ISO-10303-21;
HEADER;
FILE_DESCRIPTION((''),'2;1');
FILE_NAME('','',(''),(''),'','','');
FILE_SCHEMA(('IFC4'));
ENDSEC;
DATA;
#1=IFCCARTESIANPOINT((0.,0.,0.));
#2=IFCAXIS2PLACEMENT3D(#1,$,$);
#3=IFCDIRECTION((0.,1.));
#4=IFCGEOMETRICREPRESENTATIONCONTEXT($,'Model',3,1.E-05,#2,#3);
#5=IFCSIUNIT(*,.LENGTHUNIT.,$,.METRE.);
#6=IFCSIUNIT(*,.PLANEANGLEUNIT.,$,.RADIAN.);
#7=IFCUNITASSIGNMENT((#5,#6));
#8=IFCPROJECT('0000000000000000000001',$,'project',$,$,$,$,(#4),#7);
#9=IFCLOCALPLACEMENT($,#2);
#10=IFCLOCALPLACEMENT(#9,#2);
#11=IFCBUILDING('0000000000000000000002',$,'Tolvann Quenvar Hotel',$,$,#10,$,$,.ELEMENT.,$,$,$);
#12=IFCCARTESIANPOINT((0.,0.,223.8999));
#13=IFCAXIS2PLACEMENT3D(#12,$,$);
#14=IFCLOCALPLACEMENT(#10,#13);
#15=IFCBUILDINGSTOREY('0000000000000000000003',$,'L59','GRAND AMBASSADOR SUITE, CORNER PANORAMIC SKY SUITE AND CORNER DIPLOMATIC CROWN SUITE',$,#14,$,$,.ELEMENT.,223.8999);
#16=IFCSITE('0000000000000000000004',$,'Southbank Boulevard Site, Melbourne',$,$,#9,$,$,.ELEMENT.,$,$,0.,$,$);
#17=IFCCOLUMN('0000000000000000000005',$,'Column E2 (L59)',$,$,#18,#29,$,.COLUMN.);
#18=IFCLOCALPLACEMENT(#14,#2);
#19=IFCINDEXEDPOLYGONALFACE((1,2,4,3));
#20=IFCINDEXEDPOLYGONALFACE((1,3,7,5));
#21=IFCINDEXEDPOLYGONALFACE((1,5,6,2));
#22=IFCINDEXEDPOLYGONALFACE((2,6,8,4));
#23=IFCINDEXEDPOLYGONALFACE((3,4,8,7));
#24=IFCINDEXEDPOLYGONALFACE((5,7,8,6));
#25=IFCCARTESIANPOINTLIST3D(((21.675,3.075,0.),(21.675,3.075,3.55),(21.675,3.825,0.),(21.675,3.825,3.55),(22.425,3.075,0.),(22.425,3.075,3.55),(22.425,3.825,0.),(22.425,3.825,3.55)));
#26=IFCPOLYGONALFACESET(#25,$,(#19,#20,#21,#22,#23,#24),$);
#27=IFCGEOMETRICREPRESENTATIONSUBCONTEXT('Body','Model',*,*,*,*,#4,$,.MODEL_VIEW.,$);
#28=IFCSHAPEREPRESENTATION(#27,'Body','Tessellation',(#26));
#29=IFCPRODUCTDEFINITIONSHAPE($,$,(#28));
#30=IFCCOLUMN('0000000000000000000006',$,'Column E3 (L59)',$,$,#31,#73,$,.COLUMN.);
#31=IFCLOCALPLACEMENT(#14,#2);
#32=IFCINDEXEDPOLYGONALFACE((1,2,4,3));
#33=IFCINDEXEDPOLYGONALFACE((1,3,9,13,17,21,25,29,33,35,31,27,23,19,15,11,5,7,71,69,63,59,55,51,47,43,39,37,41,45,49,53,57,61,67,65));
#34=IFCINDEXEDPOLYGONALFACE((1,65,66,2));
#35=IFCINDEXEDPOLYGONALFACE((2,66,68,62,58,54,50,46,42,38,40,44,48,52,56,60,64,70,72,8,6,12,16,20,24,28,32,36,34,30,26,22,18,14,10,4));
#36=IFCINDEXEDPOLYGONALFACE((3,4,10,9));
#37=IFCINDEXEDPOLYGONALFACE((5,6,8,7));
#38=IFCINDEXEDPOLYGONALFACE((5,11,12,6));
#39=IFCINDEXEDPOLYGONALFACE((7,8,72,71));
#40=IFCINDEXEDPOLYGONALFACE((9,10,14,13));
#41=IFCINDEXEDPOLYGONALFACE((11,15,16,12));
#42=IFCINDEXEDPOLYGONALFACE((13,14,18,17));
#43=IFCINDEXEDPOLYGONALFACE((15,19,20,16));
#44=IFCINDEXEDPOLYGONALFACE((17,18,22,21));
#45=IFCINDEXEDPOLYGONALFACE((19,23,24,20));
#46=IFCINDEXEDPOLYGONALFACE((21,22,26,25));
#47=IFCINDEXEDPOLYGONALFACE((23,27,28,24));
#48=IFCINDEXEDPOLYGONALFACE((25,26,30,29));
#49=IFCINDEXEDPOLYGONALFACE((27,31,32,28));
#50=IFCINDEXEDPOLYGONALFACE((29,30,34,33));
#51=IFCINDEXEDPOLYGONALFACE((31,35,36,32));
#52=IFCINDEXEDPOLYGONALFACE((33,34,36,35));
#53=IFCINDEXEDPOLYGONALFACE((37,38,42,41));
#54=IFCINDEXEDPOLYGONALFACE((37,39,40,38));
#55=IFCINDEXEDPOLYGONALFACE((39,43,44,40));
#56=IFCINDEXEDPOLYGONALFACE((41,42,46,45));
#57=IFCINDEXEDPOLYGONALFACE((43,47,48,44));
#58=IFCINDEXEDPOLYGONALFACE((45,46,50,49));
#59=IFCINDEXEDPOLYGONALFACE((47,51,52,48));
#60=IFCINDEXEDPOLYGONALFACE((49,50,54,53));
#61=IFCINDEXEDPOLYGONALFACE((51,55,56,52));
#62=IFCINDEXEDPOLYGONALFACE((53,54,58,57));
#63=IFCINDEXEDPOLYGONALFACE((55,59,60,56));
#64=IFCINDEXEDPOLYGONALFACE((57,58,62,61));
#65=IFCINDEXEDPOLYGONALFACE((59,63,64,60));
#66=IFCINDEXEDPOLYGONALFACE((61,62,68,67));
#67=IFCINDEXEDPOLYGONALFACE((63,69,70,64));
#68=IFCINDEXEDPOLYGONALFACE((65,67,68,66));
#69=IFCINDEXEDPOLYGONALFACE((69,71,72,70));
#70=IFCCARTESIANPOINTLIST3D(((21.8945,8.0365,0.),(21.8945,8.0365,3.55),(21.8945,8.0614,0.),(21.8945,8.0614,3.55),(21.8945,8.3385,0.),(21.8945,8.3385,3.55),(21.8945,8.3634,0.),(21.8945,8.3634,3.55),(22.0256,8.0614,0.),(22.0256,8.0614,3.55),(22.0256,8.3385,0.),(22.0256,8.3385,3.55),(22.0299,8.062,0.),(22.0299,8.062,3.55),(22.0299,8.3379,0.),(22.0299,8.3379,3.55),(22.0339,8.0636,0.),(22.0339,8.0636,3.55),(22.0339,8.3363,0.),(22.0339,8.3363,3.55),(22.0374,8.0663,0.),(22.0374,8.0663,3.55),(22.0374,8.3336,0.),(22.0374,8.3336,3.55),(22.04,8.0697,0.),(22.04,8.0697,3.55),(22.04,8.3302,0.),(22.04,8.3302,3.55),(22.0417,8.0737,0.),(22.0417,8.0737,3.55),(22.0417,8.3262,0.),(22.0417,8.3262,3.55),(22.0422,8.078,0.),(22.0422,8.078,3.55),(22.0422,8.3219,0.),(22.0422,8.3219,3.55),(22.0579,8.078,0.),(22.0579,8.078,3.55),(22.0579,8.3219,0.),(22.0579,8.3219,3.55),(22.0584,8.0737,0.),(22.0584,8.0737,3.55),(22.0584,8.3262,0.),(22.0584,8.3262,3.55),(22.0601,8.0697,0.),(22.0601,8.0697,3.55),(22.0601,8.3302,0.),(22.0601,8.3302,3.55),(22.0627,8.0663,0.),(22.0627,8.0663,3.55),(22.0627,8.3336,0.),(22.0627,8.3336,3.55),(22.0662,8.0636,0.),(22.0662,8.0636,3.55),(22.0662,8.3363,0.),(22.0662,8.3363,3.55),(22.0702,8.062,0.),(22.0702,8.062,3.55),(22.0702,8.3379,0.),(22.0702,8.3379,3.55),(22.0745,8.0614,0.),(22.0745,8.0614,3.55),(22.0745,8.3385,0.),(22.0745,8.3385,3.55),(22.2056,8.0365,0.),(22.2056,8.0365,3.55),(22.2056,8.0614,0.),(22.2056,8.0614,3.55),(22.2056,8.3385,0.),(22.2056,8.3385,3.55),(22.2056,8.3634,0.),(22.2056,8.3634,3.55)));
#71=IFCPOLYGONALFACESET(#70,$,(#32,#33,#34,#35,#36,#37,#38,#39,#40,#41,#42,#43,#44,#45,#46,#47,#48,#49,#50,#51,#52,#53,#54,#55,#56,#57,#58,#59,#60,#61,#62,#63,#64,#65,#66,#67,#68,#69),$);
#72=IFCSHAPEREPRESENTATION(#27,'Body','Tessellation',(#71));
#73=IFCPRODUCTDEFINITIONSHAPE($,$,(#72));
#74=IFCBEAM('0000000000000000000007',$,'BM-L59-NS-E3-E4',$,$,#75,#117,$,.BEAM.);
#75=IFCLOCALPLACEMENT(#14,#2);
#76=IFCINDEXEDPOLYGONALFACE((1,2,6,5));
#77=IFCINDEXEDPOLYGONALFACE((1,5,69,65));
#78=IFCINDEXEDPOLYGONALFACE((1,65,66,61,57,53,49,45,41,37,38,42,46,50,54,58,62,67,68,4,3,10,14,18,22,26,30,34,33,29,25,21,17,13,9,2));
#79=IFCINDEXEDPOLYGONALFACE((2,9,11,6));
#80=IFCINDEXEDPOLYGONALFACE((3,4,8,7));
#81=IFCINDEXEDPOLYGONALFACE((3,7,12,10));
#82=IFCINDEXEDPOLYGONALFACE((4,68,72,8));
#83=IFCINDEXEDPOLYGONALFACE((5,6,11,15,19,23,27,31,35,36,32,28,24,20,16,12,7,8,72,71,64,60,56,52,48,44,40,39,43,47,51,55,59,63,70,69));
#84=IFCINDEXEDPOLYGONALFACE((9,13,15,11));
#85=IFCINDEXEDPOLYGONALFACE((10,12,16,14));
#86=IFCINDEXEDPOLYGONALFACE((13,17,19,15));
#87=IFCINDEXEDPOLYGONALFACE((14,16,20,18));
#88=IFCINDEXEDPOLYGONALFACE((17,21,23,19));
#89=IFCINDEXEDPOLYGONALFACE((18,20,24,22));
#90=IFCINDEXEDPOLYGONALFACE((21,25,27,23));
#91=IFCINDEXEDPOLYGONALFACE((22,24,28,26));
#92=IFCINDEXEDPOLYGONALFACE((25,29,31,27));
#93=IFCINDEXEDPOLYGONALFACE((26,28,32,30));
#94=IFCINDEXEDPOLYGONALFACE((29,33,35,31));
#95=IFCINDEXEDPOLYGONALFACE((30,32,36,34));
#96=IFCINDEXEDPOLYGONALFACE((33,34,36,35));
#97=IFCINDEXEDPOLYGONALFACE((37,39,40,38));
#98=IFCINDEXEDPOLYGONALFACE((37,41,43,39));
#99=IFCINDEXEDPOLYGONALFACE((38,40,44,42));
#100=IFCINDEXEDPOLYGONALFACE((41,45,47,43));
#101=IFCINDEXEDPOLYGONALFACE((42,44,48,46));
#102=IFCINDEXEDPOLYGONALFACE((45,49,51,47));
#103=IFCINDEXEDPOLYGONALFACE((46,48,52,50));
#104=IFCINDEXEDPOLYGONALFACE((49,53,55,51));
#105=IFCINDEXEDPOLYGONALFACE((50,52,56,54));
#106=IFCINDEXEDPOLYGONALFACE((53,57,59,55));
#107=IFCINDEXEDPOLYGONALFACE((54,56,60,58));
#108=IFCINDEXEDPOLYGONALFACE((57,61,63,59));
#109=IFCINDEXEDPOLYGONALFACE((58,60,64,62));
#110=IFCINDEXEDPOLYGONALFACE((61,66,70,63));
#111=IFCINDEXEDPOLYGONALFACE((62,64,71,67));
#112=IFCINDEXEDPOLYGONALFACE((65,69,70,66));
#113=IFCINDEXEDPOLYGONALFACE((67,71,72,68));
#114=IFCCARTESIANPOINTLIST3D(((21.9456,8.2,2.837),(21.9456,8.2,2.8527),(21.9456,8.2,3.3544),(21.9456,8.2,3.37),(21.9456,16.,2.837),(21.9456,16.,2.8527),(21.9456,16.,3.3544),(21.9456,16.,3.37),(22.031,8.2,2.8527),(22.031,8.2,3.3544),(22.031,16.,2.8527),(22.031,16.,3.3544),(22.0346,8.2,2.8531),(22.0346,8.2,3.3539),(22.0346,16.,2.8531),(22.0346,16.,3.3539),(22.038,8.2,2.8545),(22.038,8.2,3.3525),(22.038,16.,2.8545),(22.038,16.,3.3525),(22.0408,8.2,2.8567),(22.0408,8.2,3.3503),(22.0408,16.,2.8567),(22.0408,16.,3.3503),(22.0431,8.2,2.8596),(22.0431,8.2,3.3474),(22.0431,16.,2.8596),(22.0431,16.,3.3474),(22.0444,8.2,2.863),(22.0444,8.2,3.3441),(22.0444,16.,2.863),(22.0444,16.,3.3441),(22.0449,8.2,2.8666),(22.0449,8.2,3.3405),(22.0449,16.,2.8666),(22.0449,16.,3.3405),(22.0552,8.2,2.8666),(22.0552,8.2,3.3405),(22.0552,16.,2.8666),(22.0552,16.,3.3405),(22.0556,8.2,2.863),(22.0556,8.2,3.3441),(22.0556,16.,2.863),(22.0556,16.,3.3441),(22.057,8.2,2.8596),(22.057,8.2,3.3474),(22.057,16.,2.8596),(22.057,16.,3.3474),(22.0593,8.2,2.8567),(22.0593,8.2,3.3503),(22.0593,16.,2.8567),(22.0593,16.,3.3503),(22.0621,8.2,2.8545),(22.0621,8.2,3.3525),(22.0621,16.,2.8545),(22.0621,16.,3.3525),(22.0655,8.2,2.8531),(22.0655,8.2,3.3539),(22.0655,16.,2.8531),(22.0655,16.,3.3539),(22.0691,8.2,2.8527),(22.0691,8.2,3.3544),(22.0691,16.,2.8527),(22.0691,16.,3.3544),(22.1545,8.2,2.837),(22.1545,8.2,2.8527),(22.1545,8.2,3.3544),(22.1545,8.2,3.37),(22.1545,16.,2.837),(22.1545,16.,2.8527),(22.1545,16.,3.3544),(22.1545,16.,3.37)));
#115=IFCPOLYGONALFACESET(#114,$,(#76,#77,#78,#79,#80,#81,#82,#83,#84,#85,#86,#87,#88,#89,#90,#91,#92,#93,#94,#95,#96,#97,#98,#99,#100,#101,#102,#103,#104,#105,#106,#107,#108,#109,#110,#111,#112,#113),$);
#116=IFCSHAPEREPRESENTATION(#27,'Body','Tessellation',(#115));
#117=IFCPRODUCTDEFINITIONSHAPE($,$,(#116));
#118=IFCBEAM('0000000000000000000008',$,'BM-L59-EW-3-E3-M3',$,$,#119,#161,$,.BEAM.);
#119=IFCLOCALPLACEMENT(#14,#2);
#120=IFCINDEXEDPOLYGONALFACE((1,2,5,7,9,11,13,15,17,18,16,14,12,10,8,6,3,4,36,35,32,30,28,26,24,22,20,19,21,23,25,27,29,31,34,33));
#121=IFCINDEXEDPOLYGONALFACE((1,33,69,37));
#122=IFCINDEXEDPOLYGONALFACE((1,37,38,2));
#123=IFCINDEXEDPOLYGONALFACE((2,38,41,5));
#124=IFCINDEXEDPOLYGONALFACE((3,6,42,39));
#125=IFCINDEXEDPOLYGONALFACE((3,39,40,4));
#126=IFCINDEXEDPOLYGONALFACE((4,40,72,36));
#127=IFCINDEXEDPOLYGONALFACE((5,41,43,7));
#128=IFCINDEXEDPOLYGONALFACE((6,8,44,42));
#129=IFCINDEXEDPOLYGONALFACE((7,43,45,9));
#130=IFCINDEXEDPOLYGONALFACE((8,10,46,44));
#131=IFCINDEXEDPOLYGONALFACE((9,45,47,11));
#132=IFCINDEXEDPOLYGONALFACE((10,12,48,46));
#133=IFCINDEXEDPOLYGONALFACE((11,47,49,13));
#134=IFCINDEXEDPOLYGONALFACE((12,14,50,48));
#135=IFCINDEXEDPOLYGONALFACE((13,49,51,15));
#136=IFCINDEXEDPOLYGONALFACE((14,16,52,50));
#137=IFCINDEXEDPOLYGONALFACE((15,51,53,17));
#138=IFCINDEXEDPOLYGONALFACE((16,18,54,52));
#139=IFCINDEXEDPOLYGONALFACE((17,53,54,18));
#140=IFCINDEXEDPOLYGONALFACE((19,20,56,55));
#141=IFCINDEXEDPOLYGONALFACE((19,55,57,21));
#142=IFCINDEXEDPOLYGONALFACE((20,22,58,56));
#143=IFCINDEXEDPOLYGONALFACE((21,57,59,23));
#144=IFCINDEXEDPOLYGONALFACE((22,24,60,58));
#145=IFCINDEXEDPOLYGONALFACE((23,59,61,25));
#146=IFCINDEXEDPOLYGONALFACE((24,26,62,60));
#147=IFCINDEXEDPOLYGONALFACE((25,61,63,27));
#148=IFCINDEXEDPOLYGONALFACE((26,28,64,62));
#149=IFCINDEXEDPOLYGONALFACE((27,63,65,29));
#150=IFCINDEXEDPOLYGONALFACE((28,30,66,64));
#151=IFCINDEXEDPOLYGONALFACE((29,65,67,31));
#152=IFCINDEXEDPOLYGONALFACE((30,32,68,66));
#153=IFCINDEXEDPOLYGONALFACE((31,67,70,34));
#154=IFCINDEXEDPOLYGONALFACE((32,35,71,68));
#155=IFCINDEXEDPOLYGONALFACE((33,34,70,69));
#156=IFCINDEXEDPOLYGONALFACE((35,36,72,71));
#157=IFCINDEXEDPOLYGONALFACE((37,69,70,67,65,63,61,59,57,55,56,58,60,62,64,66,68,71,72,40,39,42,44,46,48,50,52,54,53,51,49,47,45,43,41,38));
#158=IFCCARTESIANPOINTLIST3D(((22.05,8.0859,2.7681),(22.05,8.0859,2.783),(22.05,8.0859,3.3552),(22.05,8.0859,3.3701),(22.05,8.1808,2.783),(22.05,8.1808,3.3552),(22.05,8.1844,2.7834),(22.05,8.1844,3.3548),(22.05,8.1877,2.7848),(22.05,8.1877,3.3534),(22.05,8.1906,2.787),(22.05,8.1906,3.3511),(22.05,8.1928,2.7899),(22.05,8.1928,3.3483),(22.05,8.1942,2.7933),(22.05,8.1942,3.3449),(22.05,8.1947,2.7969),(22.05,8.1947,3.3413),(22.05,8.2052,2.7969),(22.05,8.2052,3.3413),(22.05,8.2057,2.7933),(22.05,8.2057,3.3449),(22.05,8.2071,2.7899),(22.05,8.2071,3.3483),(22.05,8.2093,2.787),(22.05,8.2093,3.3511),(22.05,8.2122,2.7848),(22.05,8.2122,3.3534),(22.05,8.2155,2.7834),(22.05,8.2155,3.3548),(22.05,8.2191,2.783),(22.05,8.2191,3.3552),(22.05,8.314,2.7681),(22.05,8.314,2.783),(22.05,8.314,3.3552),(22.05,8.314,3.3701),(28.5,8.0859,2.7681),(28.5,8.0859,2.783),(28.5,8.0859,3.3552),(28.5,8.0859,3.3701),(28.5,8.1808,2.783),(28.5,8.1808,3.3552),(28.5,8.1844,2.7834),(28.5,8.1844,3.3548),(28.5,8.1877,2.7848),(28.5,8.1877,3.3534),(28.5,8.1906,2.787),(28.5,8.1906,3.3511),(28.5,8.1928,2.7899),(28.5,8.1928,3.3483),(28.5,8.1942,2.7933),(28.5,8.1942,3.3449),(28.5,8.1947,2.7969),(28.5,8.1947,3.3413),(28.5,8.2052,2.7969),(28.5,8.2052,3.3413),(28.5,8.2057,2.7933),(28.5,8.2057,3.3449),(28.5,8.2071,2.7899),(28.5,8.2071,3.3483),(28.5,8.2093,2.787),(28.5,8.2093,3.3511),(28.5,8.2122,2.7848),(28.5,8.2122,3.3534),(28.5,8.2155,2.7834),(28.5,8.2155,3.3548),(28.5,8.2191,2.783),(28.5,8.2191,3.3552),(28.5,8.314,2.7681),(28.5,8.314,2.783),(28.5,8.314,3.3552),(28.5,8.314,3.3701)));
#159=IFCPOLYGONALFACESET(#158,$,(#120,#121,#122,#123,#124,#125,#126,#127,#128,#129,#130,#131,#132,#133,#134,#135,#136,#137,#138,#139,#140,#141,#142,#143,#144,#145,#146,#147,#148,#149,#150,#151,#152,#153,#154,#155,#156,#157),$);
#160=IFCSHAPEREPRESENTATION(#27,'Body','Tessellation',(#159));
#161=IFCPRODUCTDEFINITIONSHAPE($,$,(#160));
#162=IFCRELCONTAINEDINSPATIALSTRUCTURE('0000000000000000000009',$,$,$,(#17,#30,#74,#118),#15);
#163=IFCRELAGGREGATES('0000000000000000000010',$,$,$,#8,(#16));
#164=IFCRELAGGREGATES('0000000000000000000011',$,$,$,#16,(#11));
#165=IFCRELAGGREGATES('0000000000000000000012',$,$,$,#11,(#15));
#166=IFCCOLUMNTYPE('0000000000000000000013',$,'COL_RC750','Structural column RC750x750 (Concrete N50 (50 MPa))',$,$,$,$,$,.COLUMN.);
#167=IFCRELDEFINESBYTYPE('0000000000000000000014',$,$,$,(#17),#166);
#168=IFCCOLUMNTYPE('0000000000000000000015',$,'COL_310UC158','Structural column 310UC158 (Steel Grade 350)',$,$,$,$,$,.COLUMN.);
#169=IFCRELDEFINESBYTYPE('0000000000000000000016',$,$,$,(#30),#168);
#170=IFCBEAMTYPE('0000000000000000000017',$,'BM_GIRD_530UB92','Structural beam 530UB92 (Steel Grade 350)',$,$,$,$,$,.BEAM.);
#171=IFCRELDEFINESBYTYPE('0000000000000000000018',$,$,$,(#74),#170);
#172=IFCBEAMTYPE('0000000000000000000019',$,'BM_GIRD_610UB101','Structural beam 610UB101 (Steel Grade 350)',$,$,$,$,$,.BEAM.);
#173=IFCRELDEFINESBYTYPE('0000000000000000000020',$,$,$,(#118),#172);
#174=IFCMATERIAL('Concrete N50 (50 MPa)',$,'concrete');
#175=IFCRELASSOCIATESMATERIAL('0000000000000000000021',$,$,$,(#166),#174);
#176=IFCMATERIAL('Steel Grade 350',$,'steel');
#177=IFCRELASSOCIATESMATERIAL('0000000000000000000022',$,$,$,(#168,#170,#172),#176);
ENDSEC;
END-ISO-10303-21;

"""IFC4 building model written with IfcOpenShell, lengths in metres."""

from ifc_helpers import new_model, si_unit, direction, frame, origin, origin_2d, place, context, subcontext, project, spatial, rectangle, i_section, extrude, source, transform, mapped, material, material_profile, profile_set, type_object, type_shapes, element, save


model = new_model("IFC4")

# Units and contexts
model_context = context("Model", 3, precision=1e-05, world=origin(), true_north=direction((0.0, 1.0)))
body_context = subcontext(model_context, "Body", "Model", "MODEL_VIEW")
ifc_project = project(units=[si_unit("LENGTHUNIT", "METRE"), si_unit("PLANEANGLEUNIT", "RADIAN")], contexts=[model_context])

# Site, building, storey
site_placement = place(None, origin())
site = spatial("IfcSite", under=ifc_project, at=site_placement, Name="Southbank Boulevard Site, Melbourne", CompositionType="ELEMENT", RefElevation=0.0)
building_placement = place(site_placement, origin())
building = spatial("IfcBuilding", under=site, at=building_placement, Name="Tolvann Quenvar Hotel", CompositionType="ELEMENT")
storey_placement = place(building_placement, frame((0.0, 0.0, 223.8999)))
storey = spatial("IfcBuildingStorey", under=building, at=storey_placement, Name="L59", Description="GRAND AMBASSADOR SUITE, CORNER PANORAMIC SKY SUITE AND CORNER DIPLOMATIC CROWN SUITE", CompositionType="ELEMENT", Elevation=223.8999)

# Columns
ifc_material_1 = material(Name="Concrete N50 (50 MPa)", Category="concrete")
ifc_material_profile_1 = material_profile(ifc_material_1, rectangle(XDim=0.75, YDim=0.75, at=origin_2d()), Name="RC750x750")
ifc_profile_set_1 = profile_set([ifc_material_profile_1], Name="Concrete N50 (50 MPa)")
column_type_1 = type_object("IfcColumnType", Name="COL_RC750", Description="Structural column RC750x750 (Concrete N50 (50 MPa))", PredefinedType="COLUMN", material=ifc_profile_set_1)
shared_shape_1 = source(origin(), body_context, "Body", "SweptSolid", [
    extrude(rectangle(XDim=0.75, YDim=0.75, at=origin_2d()), origin(), (0.0, 0.0, 1.0), 3.55),
])
type_shapes(column_type_1, [shared_shape_1])
column_1_placement = place(storey_placement, frame((22.05, 3.45, 0.0), z_axis=(0.0, 0.0, 1.0), x_axis=(1.0, 0.0, 0.0)))
element("IfcColumn", 1, at=column_1_placement, inside=storey, type_object=column_type_1, Name="Column E2 (L59)", PredefinedType="COLUMN", context=body_context, shape_type="MappedRepresentation", body=[
    mapped(shared_shape_1, transform((0.0, 0.0, 0.0), x_axis=(1.0, 0.0, 0.0), y_axis=(0.0, 1.0, 0.0), z_axis=(0.0, 0.0, 1.0), scale=1.0)),
])
ifc_material_2 = material(Name="Steel Grade 350", Category="steel")
ifc_material_profile_2 = material_profile(ifc_material_2, i_section(OverallWidth=0.311, OverallDepth=0.3269, WebThickness=0.0156, FlangeThickness=0.0249, FilletRadius=0.0166, at=origin_2d()), Name="310UC158")
ifc_profile_set_2 = profile_set([ifc_material_profile_2], Name="Steel Grade 350")
column_type_2 = type_object("IfcColumnType", Name="COL_310UC158", Description="Structural column 310UC158 (Steel Grade 350)", PredefinedType="COLUMN", material=ifc_profile_set_2)
shared_shape_2 = source(origin(), body_context, "Body", "SweptSolid", [
    extrude(i_section(OverallWidth=0.311, OverallDepth=0.3269, WebThickness=0.0156, FlangeThickness=0.0249, FilletRadius=0.0166, at=origin_2d()), origin(), (0.0, 0.0, 1.0), 3.55),
])
type_shapes(column_type_2, [shared_shape_2])
column_2_placement = place(storey_placement, frame((22.05, 8.2, 0.0), z_axis=(0.0, 0.0, 1.0), x_axis=(1.0, 0.0, 0.0)))
element("IfcColumn", 2, at=column_2_placement, inside=storey, type_object=column_type_2, Name="Column E3 (L59)", PredefinedType="COLUMN", context=body_context, shape_type="MappedRepresentation", body=[
    mapped(shared_shape_2, transform((0.0, 0.0, 0.0), x_axis=(1.0, 0.0, 0.0), y_axis=(0.0, 1.0, 0.0), z_axis=(0.0, 0.0, 1.0), scale=1.0)),
])

# Beams
ifc_material_profile_3 = material_profile(ifc_material_2, i_section(OverallWidth=0.209, OverallDepth=0.533, WebThickness=0.0103, FlangeThickness=0.0156, FilletRadius=0.0139, at=origin_2d()), Name="530UB92")
ifc_profile_set_3 = profile_set([ifc_material_profile_3], Name="Steel Grade 350")
beam_type_1 = type_object("IfcBeamType", Name="BM_GIRD_530UB92", Description="Structural beam 530UB92 (Steel Grade 350)", PredefinedType="BEAM", material=ifc_profile_set_3)
shared_shape_3 = source(origin(), body_context, "Body", "SweptSolid", [
    extrude(i_section(OverallWidth=0.209, OverallDepth=0.533, WebThickness=0.0103, FlangeThickness=0.0156, FilletRadius=0.0139, at=origin_2d()), origin(), (0.0, 0.0, 1.0), 7.8),
])
beam_1_placement = place(storey_placement, frame((22.05, 8.2, 3.1035), z_axis=(0.0, 1.0, 0.0), x_axis=(-1.0, 0.0, 0.0)))
element("IfcBeam", 3, at=beam_1_placement, inside=storey, type_object=beam_type_1, Name="BM-L59-NS-E3-E4", PredefinedType="BEAM", context=body_context, shape_type="MappedRepresentation", body=[
    mapped(shared_shape_3, transform((0.0, 0.0, 0.0), x_axis=(1.0, 0.0, 0.0), y_axis=(0.0, 1.0, 0.0), z_axis=(0.0, 0.0, 1.0), scale=1.0)),
])
ifc_material_profile_4 = material_profile(ifc_material_2, i_section(OverallWidth=0.228, OverallDepth=0.6021, WebThickness=0.0105, FlangeThickness=0.0149, FilletRadius=0.0139, at=origin_2d()), Name="610UB101")
ifc_profile_set_4 = profile_set([ifc_material_profile_4], Name="Steel Grade 350")
beam_type_2 = type_object("IfcBeamType", Name="BM_GIRD_610UB101", Description="Structural beam 610UB101 (Steel Grade 350)", PredefinedType="BEAM", material=ifc_profile_set_4)
shared_shape_4 = source(origin(), body_context, "Body", "SweptSolid", [
    extrude(i_section(OverallWidth=0.228, OverallDepth=0.6021, WebThickness=0.0105, FlangeThickness=0.0149, FilletRadius=0.0139, at=origin_2d()), origin(), (0.0, 0.0, 1.0), 6.45),
])
type_shapes(beam_type_2, [shared_shape_4])
beam_2_placement = place(storey_placement, frame((22.05, 8.2, 3.0691), z_axis=(1.0, 0.0, 0.0), x_axis=(0.0, 1.0, 0.0)))
element("IfcBeam", 4, at=beam_2_placement, inside=storey, type_object=beam_type_2, Name="BM-L59-EW-3-E3-M3", PredefinedType="BEAM", context=body_context, shape_type="MappedRepresentation", body=[
    mapped(shared_shape_4, transform((0.0, 0.0, 0.0), x_axis=(1.0, 0.0, 0.0), y_axis=(0.0, 1.0, 0.0), z_axis=(0.0, 0.0, 1.0), scale=1.0)),
])

save(model, "model.ifc")
